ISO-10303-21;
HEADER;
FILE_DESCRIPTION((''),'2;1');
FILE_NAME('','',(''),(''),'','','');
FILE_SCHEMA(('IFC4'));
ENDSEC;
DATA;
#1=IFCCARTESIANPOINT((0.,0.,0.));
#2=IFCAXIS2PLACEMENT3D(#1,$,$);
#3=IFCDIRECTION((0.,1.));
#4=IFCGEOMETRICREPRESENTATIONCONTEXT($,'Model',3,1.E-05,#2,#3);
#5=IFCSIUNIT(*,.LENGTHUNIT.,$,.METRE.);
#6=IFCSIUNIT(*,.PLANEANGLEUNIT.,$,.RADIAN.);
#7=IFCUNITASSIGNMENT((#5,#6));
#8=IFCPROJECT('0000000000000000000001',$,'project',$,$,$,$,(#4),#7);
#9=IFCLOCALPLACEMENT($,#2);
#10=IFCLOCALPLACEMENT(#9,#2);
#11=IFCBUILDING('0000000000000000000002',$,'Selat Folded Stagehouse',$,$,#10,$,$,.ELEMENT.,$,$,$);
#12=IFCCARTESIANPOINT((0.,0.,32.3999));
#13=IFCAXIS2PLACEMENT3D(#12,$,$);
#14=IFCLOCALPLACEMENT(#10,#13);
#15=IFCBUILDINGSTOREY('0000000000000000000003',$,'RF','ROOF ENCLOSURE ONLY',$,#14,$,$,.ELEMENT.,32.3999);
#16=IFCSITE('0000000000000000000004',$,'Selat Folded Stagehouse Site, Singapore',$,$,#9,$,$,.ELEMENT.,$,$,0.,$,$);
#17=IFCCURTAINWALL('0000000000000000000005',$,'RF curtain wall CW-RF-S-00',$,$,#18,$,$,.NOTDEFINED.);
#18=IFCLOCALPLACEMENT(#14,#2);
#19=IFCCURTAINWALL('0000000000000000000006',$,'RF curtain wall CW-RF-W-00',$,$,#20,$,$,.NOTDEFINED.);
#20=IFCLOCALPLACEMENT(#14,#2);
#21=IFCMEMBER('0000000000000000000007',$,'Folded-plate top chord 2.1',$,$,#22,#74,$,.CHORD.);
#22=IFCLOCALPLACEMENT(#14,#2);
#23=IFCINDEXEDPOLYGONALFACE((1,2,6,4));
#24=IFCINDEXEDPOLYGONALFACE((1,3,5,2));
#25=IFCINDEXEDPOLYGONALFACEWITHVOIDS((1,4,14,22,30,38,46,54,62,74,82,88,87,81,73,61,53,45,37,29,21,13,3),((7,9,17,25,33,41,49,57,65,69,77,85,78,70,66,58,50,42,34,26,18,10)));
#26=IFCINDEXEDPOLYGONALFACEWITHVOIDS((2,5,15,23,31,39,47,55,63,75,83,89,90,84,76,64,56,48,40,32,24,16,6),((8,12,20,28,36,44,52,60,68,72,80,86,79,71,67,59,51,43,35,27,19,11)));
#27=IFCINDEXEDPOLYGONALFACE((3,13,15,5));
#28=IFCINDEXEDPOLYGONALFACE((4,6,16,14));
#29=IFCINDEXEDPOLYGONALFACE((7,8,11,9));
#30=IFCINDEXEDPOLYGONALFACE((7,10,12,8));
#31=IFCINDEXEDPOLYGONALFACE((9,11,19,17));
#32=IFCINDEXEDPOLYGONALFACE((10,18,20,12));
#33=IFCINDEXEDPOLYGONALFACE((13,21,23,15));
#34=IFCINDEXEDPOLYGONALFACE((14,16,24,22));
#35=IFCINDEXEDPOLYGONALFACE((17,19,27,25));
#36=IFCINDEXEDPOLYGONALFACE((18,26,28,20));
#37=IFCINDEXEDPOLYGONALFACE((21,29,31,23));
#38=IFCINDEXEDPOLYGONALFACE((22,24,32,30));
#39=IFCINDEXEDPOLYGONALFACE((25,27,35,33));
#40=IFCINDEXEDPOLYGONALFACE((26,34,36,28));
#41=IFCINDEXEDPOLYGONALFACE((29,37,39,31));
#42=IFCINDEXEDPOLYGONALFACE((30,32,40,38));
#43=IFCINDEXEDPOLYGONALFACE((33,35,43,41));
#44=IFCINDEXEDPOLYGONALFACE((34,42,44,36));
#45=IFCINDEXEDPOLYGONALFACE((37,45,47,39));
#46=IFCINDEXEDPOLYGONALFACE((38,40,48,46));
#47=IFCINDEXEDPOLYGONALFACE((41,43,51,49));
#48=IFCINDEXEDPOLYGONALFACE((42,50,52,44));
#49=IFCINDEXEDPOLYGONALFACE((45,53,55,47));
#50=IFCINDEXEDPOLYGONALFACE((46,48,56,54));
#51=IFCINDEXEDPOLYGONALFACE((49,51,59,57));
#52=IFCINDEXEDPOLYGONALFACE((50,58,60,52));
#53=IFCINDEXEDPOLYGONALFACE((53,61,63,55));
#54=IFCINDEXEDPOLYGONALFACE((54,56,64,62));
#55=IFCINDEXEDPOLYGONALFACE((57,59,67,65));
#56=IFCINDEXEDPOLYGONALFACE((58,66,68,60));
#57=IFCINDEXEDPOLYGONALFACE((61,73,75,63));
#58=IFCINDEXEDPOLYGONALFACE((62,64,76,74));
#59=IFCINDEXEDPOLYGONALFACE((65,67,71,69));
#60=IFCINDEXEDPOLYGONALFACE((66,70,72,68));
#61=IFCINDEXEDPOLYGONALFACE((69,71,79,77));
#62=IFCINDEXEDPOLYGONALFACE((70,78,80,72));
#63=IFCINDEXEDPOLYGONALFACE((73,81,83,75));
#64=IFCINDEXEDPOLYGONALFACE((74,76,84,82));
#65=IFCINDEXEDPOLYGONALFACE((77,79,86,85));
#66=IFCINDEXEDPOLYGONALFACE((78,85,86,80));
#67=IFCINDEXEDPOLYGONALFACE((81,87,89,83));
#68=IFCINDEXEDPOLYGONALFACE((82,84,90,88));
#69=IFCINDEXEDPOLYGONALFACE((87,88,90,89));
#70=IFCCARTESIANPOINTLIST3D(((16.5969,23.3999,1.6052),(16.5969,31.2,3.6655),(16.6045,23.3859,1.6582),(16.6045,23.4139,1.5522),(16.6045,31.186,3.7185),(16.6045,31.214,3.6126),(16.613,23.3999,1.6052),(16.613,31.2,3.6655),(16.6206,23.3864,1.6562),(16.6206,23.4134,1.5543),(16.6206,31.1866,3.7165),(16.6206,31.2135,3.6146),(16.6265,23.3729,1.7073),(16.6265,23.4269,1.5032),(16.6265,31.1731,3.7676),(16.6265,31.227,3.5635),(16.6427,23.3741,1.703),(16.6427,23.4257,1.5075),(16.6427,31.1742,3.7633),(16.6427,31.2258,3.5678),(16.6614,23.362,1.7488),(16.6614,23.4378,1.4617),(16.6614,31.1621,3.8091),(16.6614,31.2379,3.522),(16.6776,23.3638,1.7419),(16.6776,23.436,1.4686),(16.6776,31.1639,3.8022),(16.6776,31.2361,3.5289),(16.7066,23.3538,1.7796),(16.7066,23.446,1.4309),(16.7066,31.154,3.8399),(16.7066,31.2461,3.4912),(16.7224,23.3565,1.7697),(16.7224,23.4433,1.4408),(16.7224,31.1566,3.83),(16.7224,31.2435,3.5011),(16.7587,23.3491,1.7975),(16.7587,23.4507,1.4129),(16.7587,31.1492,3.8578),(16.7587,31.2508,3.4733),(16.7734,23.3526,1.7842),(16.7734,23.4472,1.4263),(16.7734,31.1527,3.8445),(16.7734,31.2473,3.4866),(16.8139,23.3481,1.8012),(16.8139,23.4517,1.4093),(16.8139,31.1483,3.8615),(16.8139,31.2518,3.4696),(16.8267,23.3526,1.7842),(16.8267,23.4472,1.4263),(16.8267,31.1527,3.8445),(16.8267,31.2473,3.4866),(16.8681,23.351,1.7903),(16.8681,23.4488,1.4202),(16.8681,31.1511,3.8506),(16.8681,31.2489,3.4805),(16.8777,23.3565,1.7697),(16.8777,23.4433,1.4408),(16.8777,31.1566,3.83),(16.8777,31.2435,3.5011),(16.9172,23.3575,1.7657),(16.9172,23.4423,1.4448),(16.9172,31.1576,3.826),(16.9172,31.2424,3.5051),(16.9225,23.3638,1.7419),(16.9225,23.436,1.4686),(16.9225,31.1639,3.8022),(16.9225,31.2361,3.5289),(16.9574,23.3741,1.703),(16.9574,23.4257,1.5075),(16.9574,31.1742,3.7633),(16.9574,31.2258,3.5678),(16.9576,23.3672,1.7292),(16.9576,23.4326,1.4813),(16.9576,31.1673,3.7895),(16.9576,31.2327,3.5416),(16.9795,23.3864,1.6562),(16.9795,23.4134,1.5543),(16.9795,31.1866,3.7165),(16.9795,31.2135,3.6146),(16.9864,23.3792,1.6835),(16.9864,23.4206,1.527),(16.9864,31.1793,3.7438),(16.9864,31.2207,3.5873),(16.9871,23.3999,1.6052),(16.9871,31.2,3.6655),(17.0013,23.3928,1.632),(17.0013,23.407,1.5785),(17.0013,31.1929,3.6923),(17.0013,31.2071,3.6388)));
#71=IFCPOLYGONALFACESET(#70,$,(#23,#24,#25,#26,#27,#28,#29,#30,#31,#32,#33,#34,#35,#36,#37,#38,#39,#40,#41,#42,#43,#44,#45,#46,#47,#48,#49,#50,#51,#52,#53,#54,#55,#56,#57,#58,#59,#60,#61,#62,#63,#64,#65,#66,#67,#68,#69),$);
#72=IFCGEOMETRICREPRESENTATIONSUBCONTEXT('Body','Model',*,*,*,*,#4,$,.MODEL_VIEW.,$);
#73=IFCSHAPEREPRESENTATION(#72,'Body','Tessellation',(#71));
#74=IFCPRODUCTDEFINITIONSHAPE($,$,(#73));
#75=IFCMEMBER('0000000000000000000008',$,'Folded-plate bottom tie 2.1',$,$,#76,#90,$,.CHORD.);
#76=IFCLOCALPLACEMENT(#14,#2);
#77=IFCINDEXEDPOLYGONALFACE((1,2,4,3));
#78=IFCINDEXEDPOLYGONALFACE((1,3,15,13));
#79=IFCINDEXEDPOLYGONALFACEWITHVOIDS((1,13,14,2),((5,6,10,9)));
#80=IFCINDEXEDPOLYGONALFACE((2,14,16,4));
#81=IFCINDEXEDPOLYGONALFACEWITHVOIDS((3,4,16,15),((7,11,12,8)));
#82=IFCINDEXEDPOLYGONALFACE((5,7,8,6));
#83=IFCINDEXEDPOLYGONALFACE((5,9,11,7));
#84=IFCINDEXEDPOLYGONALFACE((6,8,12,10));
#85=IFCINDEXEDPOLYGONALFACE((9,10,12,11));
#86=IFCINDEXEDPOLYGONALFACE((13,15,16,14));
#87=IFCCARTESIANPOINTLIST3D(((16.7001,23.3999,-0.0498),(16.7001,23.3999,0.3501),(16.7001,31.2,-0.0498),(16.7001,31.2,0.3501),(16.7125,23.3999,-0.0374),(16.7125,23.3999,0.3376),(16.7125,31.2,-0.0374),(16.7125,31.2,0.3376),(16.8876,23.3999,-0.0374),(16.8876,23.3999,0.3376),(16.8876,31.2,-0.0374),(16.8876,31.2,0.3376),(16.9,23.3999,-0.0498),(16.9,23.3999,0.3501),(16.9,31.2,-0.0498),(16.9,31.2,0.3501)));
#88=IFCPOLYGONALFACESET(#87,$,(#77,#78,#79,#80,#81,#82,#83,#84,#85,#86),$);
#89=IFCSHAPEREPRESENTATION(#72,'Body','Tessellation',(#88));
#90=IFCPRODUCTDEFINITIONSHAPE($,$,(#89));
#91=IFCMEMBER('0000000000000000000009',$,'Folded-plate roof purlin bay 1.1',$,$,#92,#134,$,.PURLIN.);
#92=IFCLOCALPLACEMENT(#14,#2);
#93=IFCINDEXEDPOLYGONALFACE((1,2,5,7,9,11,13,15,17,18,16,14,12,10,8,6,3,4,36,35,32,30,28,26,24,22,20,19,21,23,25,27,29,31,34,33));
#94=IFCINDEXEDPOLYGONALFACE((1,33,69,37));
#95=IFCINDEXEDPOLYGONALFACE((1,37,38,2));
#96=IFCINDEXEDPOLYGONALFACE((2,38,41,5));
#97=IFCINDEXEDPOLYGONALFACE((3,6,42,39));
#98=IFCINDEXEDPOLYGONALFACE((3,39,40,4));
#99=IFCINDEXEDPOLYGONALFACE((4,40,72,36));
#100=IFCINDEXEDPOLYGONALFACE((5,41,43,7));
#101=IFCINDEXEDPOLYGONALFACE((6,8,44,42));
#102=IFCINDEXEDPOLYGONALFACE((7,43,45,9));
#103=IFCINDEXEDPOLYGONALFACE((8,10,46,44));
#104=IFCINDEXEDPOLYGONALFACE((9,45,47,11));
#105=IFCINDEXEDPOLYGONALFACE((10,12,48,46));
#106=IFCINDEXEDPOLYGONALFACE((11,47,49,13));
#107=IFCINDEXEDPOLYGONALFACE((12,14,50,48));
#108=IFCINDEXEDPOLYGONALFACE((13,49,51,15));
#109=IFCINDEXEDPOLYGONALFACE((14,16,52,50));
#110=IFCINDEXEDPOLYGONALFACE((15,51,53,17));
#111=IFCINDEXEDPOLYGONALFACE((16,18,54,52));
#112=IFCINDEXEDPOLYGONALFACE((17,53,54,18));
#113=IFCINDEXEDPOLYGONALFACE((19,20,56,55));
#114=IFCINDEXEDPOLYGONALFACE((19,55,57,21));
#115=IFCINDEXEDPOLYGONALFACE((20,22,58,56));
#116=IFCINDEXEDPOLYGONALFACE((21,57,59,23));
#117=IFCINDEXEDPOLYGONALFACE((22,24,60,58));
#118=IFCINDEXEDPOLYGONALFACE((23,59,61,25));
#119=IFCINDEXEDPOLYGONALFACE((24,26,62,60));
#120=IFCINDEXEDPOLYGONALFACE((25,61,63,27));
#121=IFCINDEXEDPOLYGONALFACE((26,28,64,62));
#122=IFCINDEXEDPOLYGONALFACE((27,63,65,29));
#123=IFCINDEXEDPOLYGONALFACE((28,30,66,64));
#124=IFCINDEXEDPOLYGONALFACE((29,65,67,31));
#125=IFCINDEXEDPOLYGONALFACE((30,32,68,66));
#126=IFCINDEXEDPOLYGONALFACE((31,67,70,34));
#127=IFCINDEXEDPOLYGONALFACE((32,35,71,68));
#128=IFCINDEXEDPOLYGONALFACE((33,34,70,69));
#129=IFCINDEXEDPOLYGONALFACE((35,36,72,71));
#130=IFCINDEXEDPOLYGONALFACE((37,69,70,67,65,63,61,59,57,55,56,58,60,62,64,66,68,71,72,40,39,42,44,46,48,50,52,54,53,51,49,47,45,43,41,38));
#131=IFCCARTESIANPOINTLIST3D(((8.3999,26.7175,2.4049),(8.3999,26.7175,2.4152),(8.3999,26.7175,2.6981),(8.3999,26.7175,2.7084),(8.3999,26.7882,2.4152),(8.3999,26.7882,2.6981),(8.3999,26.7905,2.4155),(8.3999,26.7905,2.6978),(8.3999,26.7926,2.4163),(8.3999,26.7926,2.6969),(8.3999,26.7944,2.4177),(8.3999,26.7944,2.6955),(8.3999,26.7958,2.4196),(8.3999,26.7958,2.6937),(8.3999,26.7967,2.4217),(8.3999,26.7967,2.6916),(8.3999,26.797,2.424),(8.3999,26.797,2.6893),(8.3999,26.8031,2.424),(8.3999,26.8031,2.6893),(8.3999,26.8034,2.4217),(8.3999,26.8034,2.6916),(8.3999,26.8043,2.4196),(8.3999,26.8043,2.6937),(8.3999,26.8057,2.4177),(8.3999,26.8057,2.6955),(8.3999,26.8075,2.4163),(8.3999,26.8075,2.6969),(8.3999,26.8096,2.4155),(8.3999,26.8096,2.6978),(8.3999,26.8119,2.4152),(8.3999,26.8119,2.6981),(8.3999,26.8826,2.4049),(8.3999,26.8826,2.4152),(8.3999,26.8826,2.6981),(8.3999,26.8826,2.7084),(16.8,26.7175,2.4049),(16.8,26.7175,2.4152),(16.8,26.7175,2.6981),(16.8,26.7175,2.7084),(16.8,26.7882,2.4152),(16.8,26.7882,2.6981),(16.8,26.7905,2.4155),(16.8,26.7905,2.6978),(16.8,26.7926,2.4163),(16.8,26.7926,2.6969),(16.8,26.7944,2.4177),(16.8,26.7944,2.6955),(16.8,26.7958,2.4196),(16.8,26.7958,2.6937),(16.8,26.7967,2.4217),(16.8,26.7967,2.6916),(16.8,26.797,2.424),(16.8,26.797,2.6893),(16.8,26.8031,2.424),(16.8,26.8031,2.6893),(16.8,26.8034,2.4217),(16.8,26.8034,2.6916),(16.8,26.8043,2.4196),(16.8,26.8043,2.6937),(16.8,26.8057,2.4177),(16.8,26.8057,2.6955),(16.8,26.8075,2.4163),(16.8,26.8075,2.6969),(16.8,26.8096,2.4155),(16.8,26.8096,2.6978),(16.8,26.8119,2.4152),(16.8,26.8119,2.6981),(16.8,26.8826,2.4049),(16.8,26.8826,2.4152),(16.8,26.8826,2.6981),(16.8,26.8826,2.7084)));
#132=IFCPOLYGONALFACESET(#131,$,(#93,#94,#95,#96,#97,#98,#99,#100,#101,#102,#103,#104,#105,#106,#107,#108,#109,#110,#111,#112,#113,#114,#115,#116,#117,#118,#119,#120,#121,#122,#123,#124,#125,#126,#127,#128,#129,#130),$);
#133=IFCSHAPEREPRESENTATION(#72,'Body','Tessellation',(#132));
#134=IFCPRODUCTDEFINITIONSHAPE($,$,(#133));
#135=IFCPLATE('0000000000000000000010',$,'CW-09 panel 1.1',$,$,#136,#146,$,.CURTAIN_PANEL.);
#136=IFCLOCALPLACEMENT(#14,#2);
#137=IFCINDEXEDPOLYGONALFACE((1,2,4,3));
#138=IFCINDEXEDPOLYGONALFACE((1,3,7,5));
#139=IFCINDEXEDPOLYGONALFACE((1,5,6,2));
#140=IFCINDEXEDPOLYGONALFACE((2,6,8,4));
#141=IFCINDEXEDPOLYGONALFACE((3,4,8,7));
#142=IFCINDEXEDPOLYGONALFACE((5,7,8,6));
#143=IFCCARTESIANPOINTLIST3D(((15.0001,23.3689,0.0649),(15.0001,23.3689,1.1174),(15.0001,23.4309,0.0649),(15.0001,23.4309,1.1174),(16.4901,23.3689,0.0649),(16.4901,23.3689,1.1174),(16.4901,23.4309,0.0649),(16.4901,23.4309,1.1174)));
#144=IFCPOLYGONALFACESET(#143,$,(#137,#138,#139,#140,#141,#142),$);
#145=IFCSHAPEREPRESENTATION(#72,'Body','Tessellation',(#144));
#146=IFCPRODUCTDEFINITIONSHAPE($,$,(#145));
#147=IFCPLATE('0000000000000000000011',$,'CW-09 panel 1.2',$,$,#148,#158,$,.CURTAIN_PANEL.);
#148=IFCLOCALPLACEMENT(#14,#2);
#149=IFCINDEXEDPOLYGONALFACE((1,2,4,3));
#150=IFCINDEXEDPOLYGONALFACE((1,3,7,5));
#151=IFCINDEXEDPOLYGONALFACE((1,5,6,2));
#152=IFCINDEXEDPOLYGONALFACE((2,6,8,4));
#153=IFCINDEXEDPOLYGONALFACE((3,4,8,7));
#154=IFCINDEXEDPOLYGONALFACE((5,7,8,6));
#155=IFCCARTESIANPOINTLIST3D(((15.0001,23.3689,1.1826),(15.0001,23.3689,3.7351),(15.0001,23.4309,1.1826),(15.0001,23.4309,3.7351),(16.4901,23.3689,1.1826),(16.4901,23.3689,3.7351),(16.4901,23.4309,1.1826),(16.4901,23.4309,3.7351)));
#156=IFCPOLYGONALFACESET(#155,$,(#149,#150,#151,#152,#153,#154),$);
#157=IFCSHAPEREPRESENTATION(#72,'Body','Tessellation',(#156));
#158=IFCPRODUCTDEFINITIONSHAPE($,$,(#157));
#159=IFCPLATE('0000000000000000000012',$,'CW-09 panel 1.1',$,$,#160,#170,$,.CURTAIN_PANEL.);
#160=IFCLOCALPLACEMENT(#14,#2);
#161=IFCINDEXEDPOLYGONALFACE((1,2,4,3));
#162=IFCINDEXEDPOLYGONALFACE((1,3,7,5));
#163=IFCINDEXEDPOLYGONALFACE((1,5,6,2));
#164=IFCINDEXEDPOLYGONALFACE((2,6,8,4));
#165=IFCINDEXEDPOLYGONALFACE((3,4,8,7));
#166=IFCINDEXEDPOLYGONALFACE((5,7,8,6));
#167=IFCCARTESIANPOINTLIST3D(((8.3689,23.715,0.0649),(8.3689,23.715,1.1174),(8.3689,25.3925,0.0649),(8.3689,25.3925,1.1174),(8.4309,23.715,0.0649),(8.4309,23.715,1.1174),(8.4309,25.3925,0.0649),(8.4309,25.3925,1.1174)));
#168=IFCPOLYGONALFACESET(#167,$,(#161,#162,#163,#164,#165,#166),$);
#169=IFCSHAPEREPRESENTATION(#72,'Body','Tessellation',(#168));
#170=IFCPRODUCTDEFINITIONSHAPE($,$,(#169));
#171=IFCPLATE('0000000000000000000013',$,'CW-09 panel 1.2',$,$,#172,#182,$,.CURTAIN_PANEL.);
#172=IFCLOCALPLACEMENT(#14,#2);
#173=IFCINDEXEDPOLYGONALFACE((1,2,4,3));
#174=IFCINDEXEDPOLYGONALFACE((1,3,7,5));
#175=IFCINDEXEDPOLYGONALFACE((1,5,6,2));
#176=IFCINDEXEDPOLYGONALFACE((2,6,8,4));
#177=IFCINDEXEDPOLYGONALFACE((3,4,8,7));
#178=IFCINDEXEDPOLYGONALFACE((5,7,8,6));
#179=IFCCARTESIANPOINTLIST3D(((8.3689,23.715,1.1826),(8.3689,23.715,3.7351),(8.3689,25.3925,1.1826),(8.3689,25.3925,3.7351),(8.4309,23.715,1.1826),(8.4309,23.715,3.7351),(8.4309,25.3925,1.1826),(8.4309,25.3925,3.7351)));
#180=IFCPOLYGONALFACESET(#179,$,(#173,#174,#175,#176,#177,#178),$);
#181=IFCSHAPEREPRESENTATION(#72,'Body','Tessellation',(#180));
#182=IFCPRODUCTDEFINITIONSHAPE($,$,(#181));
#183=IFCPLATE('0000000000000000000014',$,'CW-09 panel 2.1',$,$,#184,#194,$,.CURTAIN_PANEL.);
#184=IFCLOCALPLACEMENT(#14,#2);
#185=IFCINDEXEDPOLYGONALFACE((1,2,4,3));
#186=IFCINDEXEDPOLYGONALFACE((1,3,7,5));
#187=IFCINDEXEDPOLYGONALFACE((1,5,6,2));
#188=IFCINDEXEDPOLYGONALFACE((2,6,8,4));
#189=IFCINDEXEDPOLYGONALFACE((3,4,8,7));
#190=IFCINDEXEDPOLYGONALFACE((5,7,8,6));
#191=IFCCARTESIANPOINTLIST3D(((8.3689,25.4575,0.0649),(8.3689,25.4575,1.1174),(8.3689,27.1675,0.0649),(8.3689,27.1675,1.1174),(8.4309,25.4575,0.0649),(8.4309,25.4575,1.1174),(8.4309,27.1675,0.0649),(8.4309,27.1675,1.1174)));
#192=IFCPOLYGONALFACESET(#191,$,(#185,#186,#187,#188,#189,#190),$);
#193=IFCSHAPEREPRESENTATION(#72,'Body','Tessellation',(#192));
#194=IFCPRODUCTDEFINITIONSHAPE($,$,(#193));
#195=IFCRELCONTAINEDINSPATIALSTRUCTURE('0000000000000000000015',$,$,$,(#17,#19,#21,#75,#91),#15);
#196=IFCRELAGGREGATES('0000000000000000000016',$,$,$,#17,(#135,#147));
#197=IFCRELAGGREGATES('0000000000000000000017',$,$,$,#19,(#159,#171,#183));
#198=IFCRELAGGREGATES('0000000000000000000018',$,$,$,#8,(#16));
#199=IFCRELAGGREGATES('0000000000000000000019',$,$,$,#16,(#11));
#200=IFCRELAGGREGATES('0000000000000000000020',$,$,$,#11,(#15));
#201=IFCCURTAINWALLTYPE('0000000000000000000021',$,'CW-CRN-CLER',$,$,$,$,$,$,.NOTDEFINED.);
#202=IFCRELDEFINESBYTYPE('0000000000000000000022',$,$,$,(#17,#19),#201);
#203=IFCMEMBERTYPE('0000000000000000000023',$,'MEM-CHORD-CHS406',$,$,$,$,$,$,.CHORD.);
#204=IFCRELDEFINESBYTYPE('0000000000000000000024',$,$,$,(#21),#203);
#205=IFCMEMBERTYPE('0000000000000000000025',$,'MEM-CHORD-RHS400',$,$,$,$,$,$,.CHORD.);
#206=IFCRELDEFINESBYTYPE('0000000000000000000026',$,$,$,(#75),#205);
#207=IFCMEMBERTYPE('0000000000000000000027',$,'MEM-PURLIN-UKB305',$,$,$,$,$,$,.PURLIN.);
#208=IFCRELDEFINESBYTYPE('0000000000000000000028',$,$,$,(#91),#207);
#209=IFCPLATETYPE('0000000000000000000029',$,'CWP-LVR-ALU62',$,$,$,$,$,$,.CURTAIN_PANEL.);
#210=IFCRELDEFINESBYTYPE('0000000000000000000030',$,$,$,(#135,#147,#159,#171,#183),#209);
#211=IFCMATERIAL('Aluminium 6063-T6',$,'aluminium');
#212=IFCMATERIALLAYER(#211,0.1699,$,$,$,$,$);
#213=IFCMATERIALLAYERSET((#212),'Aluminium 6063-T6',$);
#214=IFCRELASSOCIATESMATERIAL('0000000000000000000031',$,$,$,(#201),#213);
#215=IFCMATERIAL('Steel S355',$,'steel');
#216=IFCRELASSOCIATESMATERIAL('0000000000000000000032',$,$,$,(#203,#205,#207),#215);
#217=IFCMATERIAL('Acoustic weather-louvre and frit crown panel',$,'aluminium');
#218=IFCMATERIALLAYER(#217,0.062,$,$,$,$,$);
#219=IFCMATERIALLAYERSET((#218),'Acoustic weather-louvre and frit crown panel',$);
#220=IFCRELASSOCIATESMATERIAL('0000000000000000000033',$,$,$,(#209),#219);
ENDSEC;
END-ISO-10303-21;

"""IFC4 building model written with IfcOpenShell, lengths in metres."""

from ifc_helpers import new_model, si_unit, direction, frame, origin, origin_2d, place, context, subcontext, project, spatial, rectangle, hollow_rectangle, hollow_circle, i_section, extrude, material, layer, layer_set, material_profile, profile_set, type_object, element, aggregate, save


model = new_model("IFC4")

# Units and contexts
model_context = context("Model", 3, precision=1e-05, world=origin(), true_north=direction((0.0, 1.0)))
body_context = subcontext(model_context, "Body", "Model", "MODEL_VIEW")
ifc_project = project(units=[si_unit("LENGTHUNIT", "METRE"), si_unit("PLANEANGLEUNIT", "RADIAN")], contexts=[model_context])

# Site, building, storey
site_placement = place(None, origin())
site = spatial("IfcSite", under=ifc_project, at=site_placement, Name="Selat Folded Stagehouse Site, Singapore", CompositionType="ELEMENT", RefElevation=0.0)
building_placement = place(site_placement, origin())
building = spatial("IfcBuilding", under=site, at=building_placement, Name="Selat Folded Stagehouse", CompositionType="ELEMENT")
storey_placement = place(building_placement, frame((0.0, 0.0, 32.3999)))
storey = spatial("IfcBuildingStorey", under=building, at=storey_placement, Name="RF", Description="ROOF ENCLOSURE ONLY", CompositionType="ELEMENT", Elevation=32.3999)

# Shared definitions
ifc_material_1 = material(Name="Steel S355", Category="steel")

# Curtain walls
ifc_material_2 = material(Name="Aluminium 6063-T6", Category="aluminium")
ifc_layer_1 = layer(ifc_material_2, 0.1699)
ifc_layer_set_1 = layer_set([ifc_layer_1], Name="Aluminium 6063-T6")
curtain_wall_type = type_object("IfcCurtainWallType", Name="CW-CRN-CLER", PredefinedType="NOTDEFINED", material=ifc_layer_set_1)
curtain_wall_1_placement = place(storey_placement, origin())
curtain_wall_1 = element("IfcCurtainWall", 1, at=curtain_wall_1_placement, inside=storey, type_object=curtain_wall_type, Name="RF curtain wall CW-RF-S-00", PredefinedType="NOTDEFINED")
curtain_wall_2_placement = place(storey_placement, origin())
curtain_wall_2 = element("IfcCurtainWall", 2, at=curtain_wall_2_placement, inside=storey, type_object=curtain_wall_type, Name="RF curtain wall CW-RF-W-00", PredefinedType="NOTDEFINED")

# Members
ifc_material_profile_1 = material_profile(ifc_material_1, hollow_circle(Radius=0.2031, WallThickness=0.0161, at=origin_2d()), Name="CHS 406.4x16.0")
ifc_profile_set_1 = profile_set([ifc_material_profile_1], Name="Steel S355")
member_type_1 = type_object("IfcMemberType", Name="MEM-CHORD-CHS406", PredefinedType="CHORD", material=ifc_profile_set_1)
member_1_placement = place(storey_placement, frame((16.8, 23.3999, 1.6052), z_axis=(0.0, 0.966841, 0.255381), x_axis=(-1.0, 0.0, 0.0)))
element("IfcMember", 3, at=member_1_placement, inside=storey, type_object=member_type_1, Name="Folded-plate top chord 2.1", PredefinedType="CHORD", context=body_context, shape_type="SweptSolid", body=[
    extrude(hollow_circle(Radius=0.2031, WallThickness=0.0161, at=origin_2d()), origin(), (0.0, 0.0, 1.0), 8.0676),
])
ifc_material_profile_2 = material_profile(ifc_material_1, hollow_rectangle(XDim=0.2, YDim=0.3999, WallThickness=0.0125, at=origin_2d()), Name="RHS 400x200x12.5")
ifc_profile_set_2 = profile_set([ifc_material_profile_2], Name="Steel S355")
member_type_2 = type_object("IfcMemberType", Name="MEM-CHORD-RHS400", PredefinedType="CHORD", material=ifc_profile_set_2)
member_2_placement = place(storey_placement, frame((16.8, 23.3999, 0.1501), z_axis=(0.0, 1.0, 0.0), x_axis=(-1.0, 0.0, 0.0)))
element("IfcMember", 4, at=member_2_placement, inside=storey, type_object=member_type_2, Name="Folded-plate bottom tie 2.1", PredefinedType="CHORD", context=body_context, shape_type="SweptSolid", body=[
    extrude(hollow_rectangle(XDim=0.2, YDim=0.3999, WallThickness=0.0125, at=origin_2d()), origin(), (0.0, 0.0, 1.0), 7.8),
])
ifc_material_profile_3 = material_profile(ifc_material_1, i_section(OverallWidth=0.165, OverallDepth=0.3035, WebThickness=0.0061, FlangeThickness=0.0103, FilletRadius=0.0088, at=origin_2d()), Name="UKB 305x165x40")
ifc_profile_set_3 = profile_set([ifc_material_profile_3], Name="Steel S355")
member_type_3 = type_object("IfcMemberType", Name="MEM-PURLIN-UKB305", PredefinedType="PURLIN", material=ifc_profile_set_3)
member_3_placement = place(storey_placement, frame((8.3999, 26.8, 2.5566), z_axis=(1.0, 0.0, 0.0), x_axis=(0.0, 1.0, 0.0)))
element("IfcMember", 5, at=member_3_placement, inside=storey, type_object=member_type_3, Name="Folded-plate roof purlin bay 1.1", PredefinedType="PURLIN", context=body_context, shape_type="SweptSolid", body=[
    extrude(i_section(OverallWidth=0.165, OverallDepth=0.3035, WebThickness=0.0061, FlangeThickness=0.0103, FilletRadius=0.0088, at=origin_2d()), origin(), (0.0, 0.0, 1.0), 8.4001),
])

# Plates
ifc_material_3 = material(Name="Acoustic weather-louvre and frit crown panel", Category="aluminium")
ifc_layer_2 = layer(ifc_material_3, 0.062)
ifc_layer_set_2 = layer_set([ifc_layer_2], Name="Acoustic weather-louvre and frit crown panel")
plate_type_1 = type_object("IfcPlateType", Name="CWP-LVR-ALU62", PredefinedType="CURTAIN_PANEL", material=ifc_layer_set_2)
plate_1_placement = place(storey_placement, frame((15.7451, 23.3999, 0.0649), z_axis=(0.0, 0.0, 1.0), x_axis=(-1.0, 0.0, 0.0)))
plate_1 = element("IfcPlate", 6, at=plate_1_placement, type_object=plate_type_1, Name="CW-09 panel 1.1", PredefinedType="CURTAIN_PANEL", context=body_context, shape_type="SweptSolid", body=[
    extrude(rectangle(XDim=1.49, YDim=0.062, at=origin_2d()), origin(), (0.0, 0.0, 1.0), 1.0525),
])
plate_2_placement = place(storey_placement, frame((15.7451, 23.3999, 1.1826), z_axis=(0.0, 0.0, 1.0), x_axis=(-1.0, 0.0, 0.0)))
plate_2 = element("IfcPlate", 7, at=plate_2_placement, type_object=plate_type_1, Name="CW-09 panel 1.2", PredefinedType="CURTAIN_PANEL", context=body_context, shape_type="SweptSolid", body=[
    extrude(rectangle(XDim=1.49, YDim=0.062, at=origin_2d()), origin(), (0.0, 0.0, 1.0), 2.5525),
])
aggregate(curtain_wall_1, [plate_1, plate_2])
plate_3_placement = place(storey_placement, frame((8.3999, 24.5537, 0.0649), z_axis=(0.0, 0.0, 1.0), x_axis=(0.0, 1.0, 0.0)))
plate_3 = element("IfcPlate", 8, at=plate_3_placement, type_object=plate_type_1, Name="CW-09 panel 1.1", PredefinedType="CURTAIN_PANEL", context=body_context, shape_type="SweptSolid", body=[
    extrude(rectangle(XDim=1.6775, YDim=0.062, at=origin_2d()), origin(), (0.0, 0.0, 1.0), 1.0525),
])
plate_4_placement = place(storey_placement, frame((8.3999, 24.5537, 1.1826), z_axis=(0.0, 0.0, 1.0), x_axis=(0.0, 1.0, 0.0)))
plate_4 = element("IfcPlate", 9, at=plate_4_placement, type_object=plate_type_1, Name="CW-09 panel 1.2", PredefinedType="CURTAIN_PANEL", context=body_context, shape_type="SweptSolid", body=[
    extrude(rectangle(XDim=1.6775, YDim=0.062, at=origin_2d()), origin(), (0.0, 0.0, 1.0), 2.5525),
])
plate_5_placement = place(storey_placement, frame((8.3999, 26.3125, 0.0649), z_axis=(0.0, 0.0, 1.0), x_axis=(0.0, 1.0, 0.0)))
plate_5 = element("IfcPlate", 10, at=plate_5_placement, type_object=plate_type_1, Name="CW-09 panel 2.1", PredefinedType="CURTAIN_PANEL", context=body_context, shape_type="SweptSolid", body=[
    extrude(rectangle(XDim=1.71, YDim=0.062, at=origin_2d()), origin(), (0.0, 0.0, 1.0), 1.0525),
])
aggregate(curtain_wall_2, [plate_3, plate_4, plate_5])

save(model, "model.ifc")
